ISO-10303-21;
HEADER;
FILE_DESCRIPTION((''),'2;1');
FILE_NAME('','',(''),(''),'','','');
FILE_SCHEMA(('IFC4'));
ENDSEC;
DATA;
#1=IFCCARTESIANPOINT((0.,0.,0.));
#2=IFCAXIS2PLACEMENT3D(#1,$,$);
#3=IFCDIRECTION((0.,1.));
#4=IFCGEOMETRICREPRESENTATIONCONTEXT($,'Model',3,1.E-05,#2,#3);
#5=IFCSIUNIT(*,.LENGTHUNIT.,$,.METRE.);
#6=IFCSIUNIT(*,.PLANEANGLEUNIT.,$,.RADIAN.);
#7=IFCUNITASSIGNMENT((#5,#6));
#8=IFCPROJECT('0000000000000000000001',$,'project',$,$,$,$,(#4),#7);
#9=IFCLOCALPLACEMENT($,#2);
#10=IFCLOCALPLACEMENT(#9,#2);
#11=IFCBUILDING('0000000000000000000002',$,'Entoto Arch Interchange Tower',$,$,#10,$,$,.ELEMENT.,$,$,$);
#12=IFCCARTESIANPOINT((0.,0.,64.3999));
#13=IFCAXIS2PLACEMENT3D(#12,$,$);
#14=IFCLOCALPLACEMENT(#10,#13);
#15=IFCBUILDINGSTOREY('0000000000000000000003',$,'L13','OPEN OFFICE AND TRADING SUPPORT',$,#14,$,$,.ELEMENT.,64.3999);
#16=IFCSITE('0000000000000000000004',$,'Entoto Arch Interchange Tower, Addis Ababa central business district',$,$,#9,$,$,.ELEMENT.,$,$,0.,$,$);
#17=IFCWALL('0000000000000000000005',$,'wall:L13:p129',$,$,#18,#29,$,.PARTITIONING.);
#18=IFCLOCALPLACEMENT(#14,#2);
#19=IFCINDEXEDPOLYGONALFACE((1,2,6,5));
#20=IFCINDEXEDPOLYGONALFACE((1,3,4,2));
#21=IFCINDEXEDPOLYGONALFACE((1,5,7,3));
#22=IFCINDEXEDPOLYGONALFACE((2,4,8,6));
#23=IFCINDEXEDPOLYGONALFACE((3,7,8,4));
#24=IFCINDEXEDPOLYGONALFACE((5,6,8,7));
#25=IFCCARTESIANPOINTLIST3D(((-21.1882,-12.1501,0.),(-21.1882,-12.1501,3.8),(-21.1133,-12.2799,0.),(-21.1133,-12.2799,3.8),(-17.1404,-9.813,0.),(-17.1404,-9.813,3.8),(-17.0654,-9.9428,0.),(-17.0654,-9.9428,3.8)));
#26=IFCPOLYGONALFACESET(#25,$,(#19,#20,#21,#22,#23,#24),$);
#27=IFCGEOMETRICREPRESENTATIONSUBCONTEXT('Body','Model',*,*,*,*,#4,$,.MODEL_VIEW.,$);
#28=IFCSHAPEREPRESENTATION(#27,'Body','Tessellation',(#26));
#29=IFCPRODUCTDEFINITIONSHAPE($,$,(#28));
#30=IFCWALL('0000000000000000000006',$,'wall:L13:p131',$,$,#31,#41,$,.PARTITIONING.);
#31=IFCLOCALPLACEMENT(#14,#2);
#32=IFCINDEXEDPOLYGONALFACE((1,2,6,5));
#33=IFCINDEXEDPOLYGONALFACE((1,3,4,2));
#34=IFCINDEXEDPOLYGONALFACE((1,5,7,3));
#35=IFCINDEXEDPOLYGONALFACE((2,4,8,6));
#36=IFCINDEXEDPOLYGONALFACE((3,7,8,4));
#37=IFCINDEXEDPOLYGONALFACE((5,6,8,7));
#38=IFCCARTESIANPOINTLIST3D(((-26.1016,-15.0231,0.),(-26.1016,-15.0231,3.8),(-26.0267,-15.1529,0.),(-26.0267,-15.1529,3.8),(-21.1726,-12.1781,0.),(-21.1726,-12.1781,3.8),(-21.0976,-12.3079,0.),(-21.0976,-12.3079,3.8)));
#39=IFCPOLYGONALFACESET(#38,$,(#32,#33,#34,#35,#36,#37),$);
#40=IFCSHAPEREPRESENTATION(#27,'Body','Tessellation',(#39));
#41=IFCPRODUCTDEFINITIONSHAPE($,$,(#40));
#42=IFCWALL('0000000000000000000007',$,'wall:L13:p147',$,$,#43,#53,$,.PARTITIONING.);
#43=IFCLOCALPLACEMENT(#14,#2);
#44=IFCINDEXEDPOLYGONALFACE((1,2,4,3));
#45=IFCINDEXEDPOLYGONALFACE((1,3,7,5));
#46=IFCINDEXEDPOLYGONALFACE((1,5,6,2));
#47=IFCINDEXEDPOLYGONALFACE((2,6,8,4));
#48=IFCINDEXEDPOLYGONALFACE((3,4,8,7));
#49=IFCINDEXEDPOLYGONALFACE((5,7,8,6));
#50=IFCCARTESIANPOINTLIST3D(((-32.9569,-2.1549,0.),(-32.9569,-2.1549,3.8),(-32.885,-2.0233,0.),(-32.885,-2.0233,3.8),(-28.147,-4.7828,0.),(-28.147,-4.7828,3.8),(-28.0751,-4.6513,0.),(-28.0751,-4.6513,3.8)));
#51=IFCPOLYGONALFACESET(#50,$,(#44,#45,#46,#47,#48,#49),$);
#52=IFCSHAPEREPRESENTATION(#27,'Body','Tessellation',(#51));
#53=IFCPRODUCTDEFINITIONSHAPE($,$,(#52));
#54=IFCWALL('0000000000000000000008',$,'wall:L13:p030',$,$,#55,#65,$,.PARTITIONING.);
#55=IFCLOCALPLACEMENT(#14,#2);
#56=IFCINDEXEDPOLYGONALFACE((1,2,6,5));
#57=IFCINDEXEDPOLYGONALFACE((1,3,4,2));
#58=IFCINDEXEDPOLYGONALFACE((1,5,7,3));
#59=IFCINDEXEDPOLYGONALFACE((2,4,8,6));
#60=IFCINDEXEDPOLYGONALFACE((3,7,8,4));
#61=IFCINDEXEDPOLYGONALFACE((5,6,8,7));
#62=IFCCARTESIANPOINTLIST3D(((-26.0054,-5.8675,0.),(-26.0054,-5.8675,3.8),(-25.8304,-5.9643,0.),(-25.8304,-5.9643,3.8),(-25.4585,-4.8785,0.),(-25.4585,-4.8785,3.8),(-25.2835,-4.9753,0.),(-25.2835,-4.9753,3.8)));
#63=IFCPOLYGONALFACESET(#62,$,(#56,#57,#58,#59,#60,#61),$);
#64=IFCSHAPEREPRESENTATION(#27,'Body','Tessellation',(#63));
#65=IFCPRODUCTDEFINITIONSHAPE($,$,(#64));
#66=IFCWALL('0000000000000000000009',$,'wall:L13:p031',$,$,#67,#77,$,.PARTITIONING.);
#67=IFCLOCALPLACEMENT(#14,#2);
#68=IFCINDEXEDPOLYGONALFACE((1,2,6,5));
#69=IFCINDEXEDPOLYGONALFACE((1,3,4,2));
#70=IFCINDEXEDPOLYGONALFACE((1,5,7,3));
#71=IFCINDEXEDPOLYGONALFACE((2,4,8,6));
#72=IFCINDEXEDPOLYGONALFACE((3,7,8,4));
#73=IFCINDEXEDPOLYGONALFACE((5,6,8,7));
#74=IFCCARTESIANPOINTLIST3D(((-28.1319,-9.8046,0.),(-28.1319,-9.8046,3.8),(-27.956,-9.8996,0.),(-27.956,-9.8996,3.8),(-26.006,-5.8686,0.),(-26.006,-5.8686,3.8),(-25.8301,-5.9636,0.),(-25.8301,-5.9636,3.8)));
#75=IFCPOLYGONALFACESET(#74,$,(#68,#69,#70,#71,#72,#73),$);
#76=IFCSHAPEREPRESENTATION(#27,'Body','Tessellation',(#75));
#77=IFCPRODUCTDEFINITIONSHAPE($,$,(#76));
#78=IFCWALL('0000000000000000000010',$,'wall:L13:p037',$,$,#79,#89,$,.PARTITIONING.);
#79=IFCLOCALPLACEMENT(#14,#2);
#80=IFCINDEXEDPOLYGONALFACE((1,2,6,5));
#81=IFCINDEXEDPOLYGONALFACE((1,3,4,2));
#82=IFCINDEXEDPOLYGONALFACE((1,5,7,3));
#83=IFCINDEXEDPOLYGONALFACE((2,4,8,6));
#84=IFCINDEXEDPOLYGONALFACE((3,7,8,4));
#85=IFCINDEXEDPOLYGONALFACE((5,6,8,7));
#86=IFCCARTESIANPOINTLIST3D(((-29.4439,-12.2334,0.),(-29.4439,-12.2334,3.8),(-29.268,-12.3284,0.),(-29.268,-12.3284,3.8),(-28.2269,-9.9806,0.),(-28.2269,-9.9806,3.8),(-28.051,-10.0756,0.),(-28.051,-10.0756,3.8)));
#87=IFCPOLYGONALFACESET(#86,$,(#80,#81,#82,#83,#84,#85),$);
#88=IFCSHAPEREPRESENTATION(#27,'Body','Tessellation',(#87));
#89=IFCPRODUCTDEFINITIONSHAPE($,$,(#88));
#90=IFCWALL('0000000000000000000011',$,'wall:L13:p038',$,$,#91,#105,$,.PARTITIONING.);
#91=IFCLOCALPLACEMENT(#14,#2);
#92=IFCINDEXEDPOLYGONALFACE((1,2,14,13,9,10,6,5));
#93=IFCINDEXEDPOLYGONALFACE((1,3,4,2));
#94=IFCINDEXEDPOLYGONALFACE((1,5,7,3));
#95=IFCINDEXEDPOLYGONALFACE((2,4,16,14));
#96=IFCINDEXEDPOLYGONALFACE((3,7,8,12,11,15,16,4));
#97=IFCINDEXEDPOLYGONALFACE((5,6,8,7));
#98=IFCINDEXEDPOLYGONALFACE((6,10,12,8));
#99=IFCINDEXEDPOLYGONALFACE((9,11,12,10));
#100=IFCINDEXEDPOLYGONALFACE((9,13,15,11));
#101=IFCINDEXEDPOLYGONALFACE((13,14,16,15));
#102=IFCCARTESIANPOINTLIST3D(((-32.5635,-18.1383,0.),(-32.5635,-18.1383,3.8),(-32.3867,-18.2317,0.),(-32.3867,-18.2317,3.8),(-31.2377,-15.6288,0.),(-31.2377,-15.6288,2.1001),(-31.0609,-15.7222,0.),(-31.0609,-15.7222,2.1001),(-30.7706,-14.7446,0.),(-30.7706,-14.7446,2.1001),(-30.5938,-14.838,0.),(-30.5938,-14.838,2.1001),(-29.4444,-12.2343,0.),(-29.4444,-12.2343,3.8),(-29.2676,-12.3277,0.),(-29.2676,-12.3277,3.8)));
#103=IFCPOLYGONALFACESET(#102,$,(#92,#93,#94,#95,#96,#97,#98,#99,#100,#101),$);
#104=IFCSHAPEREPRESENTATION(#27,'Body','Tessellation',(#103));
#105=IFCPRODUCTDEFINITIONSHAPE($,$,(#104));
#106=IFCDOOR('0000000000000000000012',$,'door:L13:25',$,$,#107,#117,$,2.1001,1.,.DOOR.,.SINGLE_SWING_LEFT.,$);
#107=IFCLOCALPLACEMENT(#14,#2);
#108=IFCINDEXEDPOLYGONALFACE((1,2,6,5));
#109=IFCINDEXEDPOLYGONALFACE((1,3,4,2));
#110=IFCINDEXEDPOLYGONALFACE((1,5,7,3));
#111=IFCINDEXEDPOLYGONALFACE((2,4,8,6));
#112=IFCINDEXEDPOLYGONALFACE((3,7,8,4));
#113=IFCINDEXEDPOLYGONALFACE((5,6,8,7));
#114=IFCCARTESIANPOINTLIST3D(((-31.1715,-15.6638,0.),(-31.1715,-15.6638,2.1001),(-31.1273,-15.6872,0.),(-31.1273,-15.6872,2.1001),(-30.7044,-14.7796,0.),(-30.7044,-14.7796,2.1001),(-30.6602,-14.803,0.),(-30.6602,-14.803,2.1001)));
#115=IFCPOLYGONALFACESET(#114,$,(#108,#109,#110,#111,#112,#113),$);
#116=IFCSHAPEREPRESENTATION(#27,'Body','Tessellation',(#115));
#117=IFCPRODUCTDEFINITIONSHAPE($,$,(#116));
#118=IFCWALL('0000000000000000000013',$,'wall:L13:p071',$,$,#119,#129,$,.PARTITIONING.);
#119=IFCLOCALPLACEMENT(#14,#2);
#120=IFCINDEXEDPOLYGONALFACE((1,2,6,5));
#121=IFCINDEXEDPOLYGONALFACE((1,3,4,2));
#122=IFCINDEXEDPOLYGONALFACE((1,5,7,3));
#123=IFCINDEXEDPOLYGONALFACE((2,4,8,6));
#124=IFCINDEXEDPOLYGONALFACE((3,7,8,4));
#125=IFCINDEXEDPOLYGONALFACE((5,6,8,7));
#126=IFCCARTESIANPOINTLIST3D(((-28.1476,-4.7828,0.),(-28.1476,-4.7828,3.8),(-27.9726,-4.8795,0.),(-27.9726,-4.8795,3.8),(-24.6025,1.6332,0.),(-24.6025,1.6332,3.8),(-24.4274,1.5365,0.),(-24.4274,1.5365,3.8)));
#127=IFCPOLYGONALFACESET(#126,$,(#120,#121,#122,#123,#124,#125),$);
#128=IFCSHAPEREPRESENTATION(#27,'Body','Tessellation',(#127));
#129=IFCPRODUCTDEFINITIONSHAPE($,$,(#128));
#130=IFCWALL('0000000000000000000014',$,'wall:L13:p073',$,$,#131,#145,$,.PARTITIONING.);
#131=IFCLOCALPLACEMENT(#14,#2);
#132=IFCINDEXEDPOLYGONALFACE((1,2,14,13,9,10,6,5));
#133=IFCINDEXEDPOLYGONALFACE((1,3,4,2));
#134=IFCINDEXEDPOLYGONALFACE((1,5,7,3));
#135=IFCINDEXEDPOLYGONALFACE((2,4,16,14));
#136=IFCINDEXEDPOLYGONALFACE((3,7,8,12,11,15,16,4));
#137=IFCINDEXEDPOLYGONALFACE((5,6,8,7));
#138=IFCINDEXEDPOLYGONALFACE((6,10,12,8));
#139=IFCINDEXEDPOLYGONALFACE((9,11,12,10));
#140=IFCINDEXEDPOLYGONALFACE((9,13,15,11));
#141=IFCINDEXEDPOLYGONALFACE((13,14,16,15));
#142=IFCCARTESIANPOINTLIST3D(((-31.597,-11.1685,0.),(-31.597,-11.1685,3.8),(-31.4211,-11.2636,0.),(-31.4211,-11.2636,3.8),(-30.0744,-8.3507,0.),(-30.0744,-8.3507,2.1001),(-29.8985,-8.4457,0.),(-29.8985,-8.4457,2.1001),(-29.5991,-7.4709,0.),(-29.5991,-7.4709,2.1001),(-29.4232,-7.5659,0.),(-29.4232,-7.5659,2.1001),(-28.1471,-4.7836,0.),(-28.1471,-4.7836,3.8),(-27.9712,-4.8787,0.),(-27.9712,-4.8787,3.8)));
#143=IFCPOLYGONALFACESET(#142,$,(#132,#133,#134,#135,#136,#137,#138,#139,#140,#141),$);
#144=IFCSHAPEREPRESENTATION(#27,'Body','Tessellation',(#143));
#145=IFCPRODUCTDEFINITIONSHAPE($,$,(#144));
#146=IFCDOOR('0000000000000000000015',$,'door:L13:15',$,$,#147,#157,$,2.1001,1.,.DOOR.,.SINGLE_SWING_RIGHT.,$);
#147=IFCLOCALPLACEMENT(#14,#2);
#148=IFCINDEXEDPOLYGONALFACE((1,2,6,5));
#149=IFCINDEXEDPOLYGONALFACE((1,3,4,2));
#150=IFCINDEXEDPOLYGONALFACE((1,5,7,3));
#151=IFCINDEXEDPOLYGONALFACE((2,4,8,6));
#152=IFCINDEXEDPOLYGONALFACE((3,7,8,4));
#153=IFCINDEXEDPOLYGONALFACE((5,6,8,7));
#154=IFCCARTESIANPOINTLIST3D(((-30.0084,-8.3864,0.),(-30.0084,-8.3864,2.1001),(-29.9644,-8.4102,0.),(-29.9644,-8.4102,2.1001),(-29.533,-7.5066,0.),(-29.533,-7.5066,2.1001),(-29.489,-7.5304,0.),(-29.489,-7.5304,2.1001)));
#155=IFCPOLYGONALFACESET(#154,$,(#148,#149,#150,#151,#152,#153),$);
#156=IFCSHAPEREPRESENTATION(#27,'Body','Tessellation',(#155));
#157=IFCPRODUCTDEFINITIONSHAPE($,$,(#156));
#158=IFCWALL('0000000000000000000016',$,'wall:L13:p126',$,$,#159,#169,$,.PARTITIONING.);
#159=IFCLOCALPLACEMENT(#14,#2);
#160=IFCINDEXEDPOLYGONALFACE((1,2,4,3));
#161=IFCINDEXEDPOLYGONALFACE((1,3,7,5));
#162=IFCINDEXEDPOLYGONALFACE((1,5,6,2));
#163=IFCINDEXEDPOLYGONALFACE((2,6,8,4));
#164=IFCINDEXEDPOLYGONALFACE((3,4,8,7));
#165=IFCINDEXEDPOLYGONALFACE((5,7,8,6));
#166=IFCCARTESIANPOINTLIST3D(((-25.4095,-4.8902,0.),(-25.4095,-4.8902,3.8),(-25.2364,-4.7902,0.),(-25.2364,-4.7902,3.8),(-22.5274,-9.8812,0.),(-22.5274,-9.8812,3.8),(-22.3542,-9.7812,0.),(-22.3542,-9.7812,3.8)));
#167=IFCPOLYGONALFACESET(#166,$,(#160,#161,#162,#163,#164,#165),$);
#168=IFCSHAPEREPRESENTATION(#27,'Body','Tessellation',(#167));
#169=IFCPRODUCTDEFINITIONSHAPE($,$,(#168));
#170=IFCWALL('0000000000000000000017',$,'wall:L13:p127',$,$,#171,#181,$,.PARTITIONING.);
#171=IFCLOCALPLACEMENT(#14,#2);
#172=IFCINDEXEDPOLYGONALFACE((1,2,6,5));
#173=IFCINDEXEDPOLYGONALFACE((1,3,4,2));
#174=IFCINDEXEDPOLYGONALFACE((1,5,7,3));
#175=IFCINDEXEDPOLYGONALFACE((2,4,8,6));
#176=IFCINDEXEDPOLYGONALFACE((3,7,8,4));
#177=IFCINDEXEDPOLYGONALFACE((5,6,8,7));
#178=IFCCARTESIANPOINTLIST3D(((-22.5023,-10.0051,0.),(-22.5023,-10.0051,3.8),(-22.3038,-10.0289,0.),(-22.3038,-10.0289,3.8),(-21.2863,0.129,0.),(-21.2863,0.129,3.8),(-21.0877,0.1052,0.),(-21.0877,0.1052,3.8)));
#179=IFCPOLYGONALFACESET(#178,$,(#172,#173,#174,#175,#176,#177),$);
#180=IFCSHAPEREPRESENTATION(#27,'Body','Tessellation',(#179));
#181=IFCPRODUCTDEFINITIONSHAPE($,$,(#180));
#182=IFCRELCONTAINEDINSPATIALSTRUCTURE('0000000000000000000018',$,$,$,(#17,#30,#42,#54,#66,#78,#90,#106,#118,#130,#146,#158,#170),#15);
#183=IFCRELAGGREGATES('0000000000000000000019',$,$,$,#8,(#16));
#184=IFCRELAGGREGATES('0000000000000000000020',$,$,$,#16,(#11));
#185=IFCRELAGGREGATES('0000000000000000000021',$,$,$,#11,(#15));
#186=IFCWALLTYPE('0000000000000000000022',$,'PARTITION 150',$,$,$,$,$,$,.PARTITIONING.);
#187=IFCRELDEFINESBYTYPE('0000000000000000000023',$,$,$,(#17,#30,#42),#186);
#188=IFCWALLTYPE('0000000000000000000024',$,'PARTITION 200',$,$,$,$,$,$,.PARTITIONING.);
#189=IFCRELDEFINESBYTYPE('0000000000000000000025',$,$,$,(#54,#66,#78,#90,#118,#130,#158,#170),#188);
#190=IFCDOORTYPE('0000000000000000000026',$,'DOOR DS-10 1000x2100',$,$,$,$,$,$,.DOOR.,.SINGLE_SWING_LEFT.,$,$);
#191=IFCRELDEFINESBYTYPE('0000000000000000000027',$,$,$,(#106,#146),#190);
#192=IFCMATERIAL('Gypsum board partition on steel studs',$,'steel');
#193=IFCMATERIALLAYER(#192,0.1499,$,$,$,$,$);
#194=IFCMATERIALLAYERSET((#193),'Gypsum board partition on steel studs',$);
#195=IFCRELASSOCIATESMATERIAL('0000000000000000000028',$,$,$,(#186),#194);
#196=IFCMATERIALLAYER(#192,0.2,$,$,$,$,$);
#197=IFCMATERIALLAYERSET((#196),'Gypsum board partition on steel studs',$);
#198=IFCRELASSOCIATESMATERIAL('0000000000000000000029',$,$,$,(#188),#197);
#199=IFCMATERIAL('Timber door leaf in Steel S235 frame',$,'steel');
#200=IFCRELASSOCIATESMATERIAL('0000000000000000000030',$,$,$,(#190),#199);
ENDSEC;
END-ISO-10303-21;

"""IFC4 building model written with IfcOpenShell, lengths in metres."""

from ifc_helpers import new_model, si_unit, direction, frame, frame_2d, origin, place, context, subcontext, project, spatial, rectangle, extrude, material, layer, layer_set, type_object, element, fill, save


model = new_model("IFC4")

# Units and contexts
model_context = context("Model", 3, precision=1e-05, world=origin(), true_north=direction((0.0, 1.0)))
body_context = subcontext(model_context, "Body", "Model", "MODEL_VIEW")
ifc_project = project(units=[si_unit("LENGTHUNIT", "METRE"), si_unit("PLANEANGLEUNIT", "RADIAN")], contexts=[model_context])

# Site, building, storey
site_placement = place(None, origin())
site = spatial("IfcSite", under=ifc_project, at=site_placement, Name="Entoto Arch Interchange Tower, Addis Ababa central business district", CompositionType="ELEMENT", RefElevation=0.0)
building_placement = place(site_placement, origin())
building = spatial("IfcBuilding", under=site, at=building_placement, Name="Entoto Arch Interchange Tower", CompositionType="ELEMENT")
storey_placement = place(building_placement, frame((0.0, 0.0, 64.3999)))
storey = spatial("IfcBuildingStorey", under=building, at=storey_placement, Name="L13", Description="OPEN OFFICE AND TRADING SUPPORT", CompositionType="ELEMENT", Elevation=64.3999)

# Walls
ifc_material_1 = material(Name="Gypsum board partition on steel studs", Category="steel")
ifc_layer_1 = layer(ifc_material_1, 0.1499)
ifc_layer_set_1 = layer_set([ifc_layer_1], Name="Gypsum board partition on steel studs")
wall_type_1 = type_object("IfcWallType", Name="PARTITION 150", PredefinedType="PARTITIONING", material=ifc_layer_set_1)
wall_1_placement = place(storey_placement, frame((-17.103, -9.8779, 0.0), z_axis=(0.0, 0.0, 1.0), x_axis=(-0.866013, -0.500021, 0.0)))
element("IfcWall", 1, at=wall_1_placement, inside=storey, type_object=wall_type_1, Name="wall:L13:p129", PredefinedType="PARTITIONING", context=body_context, shape_type="SweptSolid", body=[
    extrude(rectangle(XDim=4.6741, YDim=0.1499, at=frame_2d((2.3369, 0.0))), origin(), (0.0, 0.0, 1.0), 3.8),
])
wall_2_placement = place(storey_placement, frame((-21.135, -12.2429, 0.0), z_axis=(0.0, 0.0, 1.0), x_axis=(-0.866083, -0.499899, 0.0)))
element("IfcWall", 2, at=wall_2_placement, inside=storey, type_object=wall_type_1, Name="wall:L13:p131", PredefinedType="PARTITIONING", context=body_context, shape_type="SweptSolid", body=[
    extrude(rectangle(XDim=5.6912, YDim=0.1499, at=frame_2d((2.8457, 0.0))), origin(), (0.0, 0.0, 1.0), 3.8),
])
wall_3_placement = place(storey_placement, frame((-28.1111, -4.717, 0.0), z_axis=(0.0, 0.0, 1.0), x_axis=(-0.877558, 0.47947, 0.0)))
element("IfcWall", 3, at=wall_3_placement, inside=storey, type_object=wall_type_1, Name="wall:L13:p147", PredefinedType="PARTITIONING", context=body_context, shape_type="SweptSolid", body=[
    extrude(rectangle(XDim=5.481, YDim=0.1499, at=frame_2d((2.7405, 0.0))), origin(), (0.0, 0.0, 1.0), 3.8),
])
ifc_layer_2 = layer(ifc_material_1, 0.2)
ifc_layer_set_2 = layer_set([ifc_layer_2], Name="Gypsum board partition on steel studs")
wall_type_2 = type_object("IfcWallType", Name="PARTITION 200", PredefinedType="PARTITIONING", material=ifc_layer_set_2)
wall_4_placement = place(storey_placement, frame((-25.3711, -4.927, 0.0), z_axis=(0.0, 0.0, 1.0), x_axis=(-0.483899, -0.875124, 0.0)))
element("IfcWall", 4, at=wall_4_placement, inside=storey, type_object=wall_type_2, Name="wall:L13:p030", PredefinedType="PARTITIONING", context=body_context, shape_type="SweptSolid", body=[
    extrude(rectangle(XDim=1.1301, YDim=0.2, at=frame_2d((0.5649, 0.0))), origin(), (0.0, 0.0, 1.0), 3.8),
])
wall_5_placement = place(storey_placement, frame((-25.918, -5.916, 0.0), z_axis=(0.0, 0.0, 1.0), x_axis=(-0.475238, -0.879857, 0.0)))
element("IfcWall", 5, at=wall_5_placement, inside=storey, type_object=wall_type_2, Name="wall:L13:p031", PredefinedType="PARTITIONING", context=body_context, shape_type="SweptSolid", body=[
    extrude(rectangle(XDim=4.4734, YDim=0.2, at=frame_2d((2.2368, 0.0))), origin(), (0.0, 0.0, 1.0), 3.8),
])
wall_6_placement = place(storey_placement, frame((-28.1389, -10.0281, 0.0), z_axis=(0.0, 0.0, 1.0), x_axis=(-0.475288, -0.87983, 0.0)))
element("IfcWall", 6, at=wall_6_placement, inside=storey, type_object=wall_type_2, Name="wall:L13:p037", PredefinedType="PARTITIONING", context=body_context, shape_type="SweptSolid", body=[
    extrude(rectangle(XDim=2.5605, YDim=0.2, at=frame_2d((1.2803, 0.0))), origin(), (0.0, 0.0, 1.0), 3.8),
])

# Wall, opening, door
wall_7_placement = place(storey_placement, frame((-29.356, -12.281, 0.0), z_axis=(0.0, 0.0, 1.0), x_axis=(-0.467123, -0.884192, 0.0)))
wall_7 = element("IfcWall", 7, at=wall_7_placement, inside=storey, type_object=wall_type_2, Name="wall:L13:p038", PredefinedType="PARTITIONING", context=body_context, shape_type="SweptSolid", body=[
    extrude(rectangle(XDim=6.6772, YDim=0.2, at=frame_2d((3.3386, 0.0))), origin(), (0.0, 0.0, 1.0), 3.8),
])
opening_1_placement = place(wall_7_placement, frame((2.8391, 0.0, 0.0)))
opening_1 = element("IfcOpeningElement", 8, at=opening_1_placement, cuts=wall_7, PredefinedType="OPENING", context=body_context, shape_type="SweptSolid", body=[
    extrude(rectangle(XDim=1.0, YDim=2.1001, at=frame_2d((0.5, 1.05))), frame((0.0, 0.1099, 0.0), z_axis=(0.0, -1.0, 0.0), x_axis=(1.0, 0.0, 0.0)), (0.0, 0.0, 1.0), 0.22),
])
ifc_material_2 = material(Name="Timber door leaf in Steel S235 frame", Category="steel")
door_type = type_object("IfcDoorType", Name="DOOR DS-10 1000x2100", OperationType="SINGLE_SWING_LEFT", PredefinedType="DOOR", material=ifc_material_2)
door_1_placement = place(opening_1_placement, origin())
door_1 = element("IfcDoor", 9, at=door_1_placement, inside=storey, type_object=door_type, Name="door:L13:25", OperationType="SINGLE_SWING_LEFT", OverallHeight=2.1001, OverallWidth=1.0, PredefinedType="DOOR", context=body_context, shape_type="SweptSolid", body=[
    extrude(rectangle(XDim=1.0, YDim=2.1001, at=frame_2d((0.5, 1.05))), frame((0.0, 0.0249, 0.0), z_axis=(0.0, -1.0, 0.0), x_axis=(1.0, 0.0, 0.0)), (0.0, 0.0, 1.0), 0.05),
])
fill(opening_1, door_1)

# Wall
wall_8_placement = place(storey_placement, frame((-28.0601, -4.8311, 0.0), z_axis=(0.0, 0.0, 1.0), x_axis=(0.483631, 0.875272, 0.0)))
element("IfcWall", 10, at=wall_8_placement, inside=storey, type_object=wall_type_2, Name="wall:L13:p071", PredefinedType="PARTITIONING", context=body_context, shape_type="SweptSolid", body=[
    extrude(rectangle(XDim=7.3303, YDim=0.2, at=frame_2d((3.665, 0.0))), origin(), (0.0, 0.0, 1.0), 3.8),
])

# Wall, opening, door
wall_9_placement = place(storey_placement, frame((-31.509, -11.2161, 0.0), z_axis=(0.0, 0.0, 1.0), x_axis=(0.475367, 0.879788, 0.0)))
wall_9 = element("IfcWall", 11, at=wall_9_placement, inside=storey, type_object=wall_type_2, Name="wall:L13:p073", PredefinedType="PARTITIONING", context=body_context, shape_type="SweptSolid", body=[
    extrude(rectangle(XDim=7.2573, YDim=0.2, at=frame_2d((3.6287, 0.0))), origin(), (0.0, 0.0, 1.0), 3.8),
])
opening_2_placement = place(wall_9_placement, frame((3.2029, 0.0, 0.0)))
opening_2 = element("IfcOpeningElement", 12, at=opening_2_placement, cuts=wall_9, PredefinedType="OPENING", context=body_context, shape_type="SweptSolid", body=[
    extrude(rectangle(XDim=1.0, YDim=2.1001, at=frame_2d((0.5, 1.05))), frame((0.0, 0.1099, 0.0), z_axis=(0.0, -1.0, 0.0), x_axis=(1.0, 0.0, 0.0)), (0.0, 0.0, 1.0), 0.22),
])
door_2_placement = place(opening_2_placement, origin())
door_2 = element("IfcDoor", 13, at=door_2_placement, inside=storey, type_object=door_type, Name="door:L13:15", OperationType="SINGLE_SWING_RIGHT", OverallHeight=2.1001, OverallWidth=1.0, PredefinedType="DOOR", context=body_context, shape_type="SweptSolid", body=[
    extrude(rectangle(XDim=1.0, YDim=2.1001, at=frame_2d((0.5, 1.05))), frame((0.0, 0.0249, 0.0), z_axis=(0.0, -1.0, 0.0), x_axis=(1.0, 0.0, 0.0)), (0.0, 0.0, 1.0), 0.05),
])
fill(opening_2, door_2)

# Walls
wall_10_placement = place(storey_placement, frame((-25.323, -4.8401, 0.0), z_axis=(0.0, 0.0, 1.0), x_axis=(0.500071, -0.865985, 0.0)))
element("IfcWall", 14, at=wall_10_placement, inside=storey, type_object=wall_type_2, Name="wall:L13:p126", PredefinedType="PARTITIONING", context=body_context, shape_type="SweptSolid", body=[
    extrude(rectangle(XDim=5.7634, YDim=0.2, at=frame_2d((2.8818, 0.0))), origin(), (0.0, 0.0, 1.0), 3.8),
])
wall_11_placement = place(storey_placement, frame((-22.4031, -10.0171, 0.0), z_axis=(0.0, 0.0, 1.0), x_axis=(0.119143, 0.992877, 0.0)))
element("IfcWall", 15, at=wall_11_placement, inside=storey, type_object=wall_type_2, Name="wall:L13:p127", PredefinedType="PARTITIONING", context=body_context, shape_type="SweptSolid", body=[
    extrude(rectangle(XDim=10.2068, YDim=0.2, at=frame_2d((5.1035, 0.0))), origin(), (0.0, 0.0, 1.0), 3.8),
])

save(model, "model.ifc")
